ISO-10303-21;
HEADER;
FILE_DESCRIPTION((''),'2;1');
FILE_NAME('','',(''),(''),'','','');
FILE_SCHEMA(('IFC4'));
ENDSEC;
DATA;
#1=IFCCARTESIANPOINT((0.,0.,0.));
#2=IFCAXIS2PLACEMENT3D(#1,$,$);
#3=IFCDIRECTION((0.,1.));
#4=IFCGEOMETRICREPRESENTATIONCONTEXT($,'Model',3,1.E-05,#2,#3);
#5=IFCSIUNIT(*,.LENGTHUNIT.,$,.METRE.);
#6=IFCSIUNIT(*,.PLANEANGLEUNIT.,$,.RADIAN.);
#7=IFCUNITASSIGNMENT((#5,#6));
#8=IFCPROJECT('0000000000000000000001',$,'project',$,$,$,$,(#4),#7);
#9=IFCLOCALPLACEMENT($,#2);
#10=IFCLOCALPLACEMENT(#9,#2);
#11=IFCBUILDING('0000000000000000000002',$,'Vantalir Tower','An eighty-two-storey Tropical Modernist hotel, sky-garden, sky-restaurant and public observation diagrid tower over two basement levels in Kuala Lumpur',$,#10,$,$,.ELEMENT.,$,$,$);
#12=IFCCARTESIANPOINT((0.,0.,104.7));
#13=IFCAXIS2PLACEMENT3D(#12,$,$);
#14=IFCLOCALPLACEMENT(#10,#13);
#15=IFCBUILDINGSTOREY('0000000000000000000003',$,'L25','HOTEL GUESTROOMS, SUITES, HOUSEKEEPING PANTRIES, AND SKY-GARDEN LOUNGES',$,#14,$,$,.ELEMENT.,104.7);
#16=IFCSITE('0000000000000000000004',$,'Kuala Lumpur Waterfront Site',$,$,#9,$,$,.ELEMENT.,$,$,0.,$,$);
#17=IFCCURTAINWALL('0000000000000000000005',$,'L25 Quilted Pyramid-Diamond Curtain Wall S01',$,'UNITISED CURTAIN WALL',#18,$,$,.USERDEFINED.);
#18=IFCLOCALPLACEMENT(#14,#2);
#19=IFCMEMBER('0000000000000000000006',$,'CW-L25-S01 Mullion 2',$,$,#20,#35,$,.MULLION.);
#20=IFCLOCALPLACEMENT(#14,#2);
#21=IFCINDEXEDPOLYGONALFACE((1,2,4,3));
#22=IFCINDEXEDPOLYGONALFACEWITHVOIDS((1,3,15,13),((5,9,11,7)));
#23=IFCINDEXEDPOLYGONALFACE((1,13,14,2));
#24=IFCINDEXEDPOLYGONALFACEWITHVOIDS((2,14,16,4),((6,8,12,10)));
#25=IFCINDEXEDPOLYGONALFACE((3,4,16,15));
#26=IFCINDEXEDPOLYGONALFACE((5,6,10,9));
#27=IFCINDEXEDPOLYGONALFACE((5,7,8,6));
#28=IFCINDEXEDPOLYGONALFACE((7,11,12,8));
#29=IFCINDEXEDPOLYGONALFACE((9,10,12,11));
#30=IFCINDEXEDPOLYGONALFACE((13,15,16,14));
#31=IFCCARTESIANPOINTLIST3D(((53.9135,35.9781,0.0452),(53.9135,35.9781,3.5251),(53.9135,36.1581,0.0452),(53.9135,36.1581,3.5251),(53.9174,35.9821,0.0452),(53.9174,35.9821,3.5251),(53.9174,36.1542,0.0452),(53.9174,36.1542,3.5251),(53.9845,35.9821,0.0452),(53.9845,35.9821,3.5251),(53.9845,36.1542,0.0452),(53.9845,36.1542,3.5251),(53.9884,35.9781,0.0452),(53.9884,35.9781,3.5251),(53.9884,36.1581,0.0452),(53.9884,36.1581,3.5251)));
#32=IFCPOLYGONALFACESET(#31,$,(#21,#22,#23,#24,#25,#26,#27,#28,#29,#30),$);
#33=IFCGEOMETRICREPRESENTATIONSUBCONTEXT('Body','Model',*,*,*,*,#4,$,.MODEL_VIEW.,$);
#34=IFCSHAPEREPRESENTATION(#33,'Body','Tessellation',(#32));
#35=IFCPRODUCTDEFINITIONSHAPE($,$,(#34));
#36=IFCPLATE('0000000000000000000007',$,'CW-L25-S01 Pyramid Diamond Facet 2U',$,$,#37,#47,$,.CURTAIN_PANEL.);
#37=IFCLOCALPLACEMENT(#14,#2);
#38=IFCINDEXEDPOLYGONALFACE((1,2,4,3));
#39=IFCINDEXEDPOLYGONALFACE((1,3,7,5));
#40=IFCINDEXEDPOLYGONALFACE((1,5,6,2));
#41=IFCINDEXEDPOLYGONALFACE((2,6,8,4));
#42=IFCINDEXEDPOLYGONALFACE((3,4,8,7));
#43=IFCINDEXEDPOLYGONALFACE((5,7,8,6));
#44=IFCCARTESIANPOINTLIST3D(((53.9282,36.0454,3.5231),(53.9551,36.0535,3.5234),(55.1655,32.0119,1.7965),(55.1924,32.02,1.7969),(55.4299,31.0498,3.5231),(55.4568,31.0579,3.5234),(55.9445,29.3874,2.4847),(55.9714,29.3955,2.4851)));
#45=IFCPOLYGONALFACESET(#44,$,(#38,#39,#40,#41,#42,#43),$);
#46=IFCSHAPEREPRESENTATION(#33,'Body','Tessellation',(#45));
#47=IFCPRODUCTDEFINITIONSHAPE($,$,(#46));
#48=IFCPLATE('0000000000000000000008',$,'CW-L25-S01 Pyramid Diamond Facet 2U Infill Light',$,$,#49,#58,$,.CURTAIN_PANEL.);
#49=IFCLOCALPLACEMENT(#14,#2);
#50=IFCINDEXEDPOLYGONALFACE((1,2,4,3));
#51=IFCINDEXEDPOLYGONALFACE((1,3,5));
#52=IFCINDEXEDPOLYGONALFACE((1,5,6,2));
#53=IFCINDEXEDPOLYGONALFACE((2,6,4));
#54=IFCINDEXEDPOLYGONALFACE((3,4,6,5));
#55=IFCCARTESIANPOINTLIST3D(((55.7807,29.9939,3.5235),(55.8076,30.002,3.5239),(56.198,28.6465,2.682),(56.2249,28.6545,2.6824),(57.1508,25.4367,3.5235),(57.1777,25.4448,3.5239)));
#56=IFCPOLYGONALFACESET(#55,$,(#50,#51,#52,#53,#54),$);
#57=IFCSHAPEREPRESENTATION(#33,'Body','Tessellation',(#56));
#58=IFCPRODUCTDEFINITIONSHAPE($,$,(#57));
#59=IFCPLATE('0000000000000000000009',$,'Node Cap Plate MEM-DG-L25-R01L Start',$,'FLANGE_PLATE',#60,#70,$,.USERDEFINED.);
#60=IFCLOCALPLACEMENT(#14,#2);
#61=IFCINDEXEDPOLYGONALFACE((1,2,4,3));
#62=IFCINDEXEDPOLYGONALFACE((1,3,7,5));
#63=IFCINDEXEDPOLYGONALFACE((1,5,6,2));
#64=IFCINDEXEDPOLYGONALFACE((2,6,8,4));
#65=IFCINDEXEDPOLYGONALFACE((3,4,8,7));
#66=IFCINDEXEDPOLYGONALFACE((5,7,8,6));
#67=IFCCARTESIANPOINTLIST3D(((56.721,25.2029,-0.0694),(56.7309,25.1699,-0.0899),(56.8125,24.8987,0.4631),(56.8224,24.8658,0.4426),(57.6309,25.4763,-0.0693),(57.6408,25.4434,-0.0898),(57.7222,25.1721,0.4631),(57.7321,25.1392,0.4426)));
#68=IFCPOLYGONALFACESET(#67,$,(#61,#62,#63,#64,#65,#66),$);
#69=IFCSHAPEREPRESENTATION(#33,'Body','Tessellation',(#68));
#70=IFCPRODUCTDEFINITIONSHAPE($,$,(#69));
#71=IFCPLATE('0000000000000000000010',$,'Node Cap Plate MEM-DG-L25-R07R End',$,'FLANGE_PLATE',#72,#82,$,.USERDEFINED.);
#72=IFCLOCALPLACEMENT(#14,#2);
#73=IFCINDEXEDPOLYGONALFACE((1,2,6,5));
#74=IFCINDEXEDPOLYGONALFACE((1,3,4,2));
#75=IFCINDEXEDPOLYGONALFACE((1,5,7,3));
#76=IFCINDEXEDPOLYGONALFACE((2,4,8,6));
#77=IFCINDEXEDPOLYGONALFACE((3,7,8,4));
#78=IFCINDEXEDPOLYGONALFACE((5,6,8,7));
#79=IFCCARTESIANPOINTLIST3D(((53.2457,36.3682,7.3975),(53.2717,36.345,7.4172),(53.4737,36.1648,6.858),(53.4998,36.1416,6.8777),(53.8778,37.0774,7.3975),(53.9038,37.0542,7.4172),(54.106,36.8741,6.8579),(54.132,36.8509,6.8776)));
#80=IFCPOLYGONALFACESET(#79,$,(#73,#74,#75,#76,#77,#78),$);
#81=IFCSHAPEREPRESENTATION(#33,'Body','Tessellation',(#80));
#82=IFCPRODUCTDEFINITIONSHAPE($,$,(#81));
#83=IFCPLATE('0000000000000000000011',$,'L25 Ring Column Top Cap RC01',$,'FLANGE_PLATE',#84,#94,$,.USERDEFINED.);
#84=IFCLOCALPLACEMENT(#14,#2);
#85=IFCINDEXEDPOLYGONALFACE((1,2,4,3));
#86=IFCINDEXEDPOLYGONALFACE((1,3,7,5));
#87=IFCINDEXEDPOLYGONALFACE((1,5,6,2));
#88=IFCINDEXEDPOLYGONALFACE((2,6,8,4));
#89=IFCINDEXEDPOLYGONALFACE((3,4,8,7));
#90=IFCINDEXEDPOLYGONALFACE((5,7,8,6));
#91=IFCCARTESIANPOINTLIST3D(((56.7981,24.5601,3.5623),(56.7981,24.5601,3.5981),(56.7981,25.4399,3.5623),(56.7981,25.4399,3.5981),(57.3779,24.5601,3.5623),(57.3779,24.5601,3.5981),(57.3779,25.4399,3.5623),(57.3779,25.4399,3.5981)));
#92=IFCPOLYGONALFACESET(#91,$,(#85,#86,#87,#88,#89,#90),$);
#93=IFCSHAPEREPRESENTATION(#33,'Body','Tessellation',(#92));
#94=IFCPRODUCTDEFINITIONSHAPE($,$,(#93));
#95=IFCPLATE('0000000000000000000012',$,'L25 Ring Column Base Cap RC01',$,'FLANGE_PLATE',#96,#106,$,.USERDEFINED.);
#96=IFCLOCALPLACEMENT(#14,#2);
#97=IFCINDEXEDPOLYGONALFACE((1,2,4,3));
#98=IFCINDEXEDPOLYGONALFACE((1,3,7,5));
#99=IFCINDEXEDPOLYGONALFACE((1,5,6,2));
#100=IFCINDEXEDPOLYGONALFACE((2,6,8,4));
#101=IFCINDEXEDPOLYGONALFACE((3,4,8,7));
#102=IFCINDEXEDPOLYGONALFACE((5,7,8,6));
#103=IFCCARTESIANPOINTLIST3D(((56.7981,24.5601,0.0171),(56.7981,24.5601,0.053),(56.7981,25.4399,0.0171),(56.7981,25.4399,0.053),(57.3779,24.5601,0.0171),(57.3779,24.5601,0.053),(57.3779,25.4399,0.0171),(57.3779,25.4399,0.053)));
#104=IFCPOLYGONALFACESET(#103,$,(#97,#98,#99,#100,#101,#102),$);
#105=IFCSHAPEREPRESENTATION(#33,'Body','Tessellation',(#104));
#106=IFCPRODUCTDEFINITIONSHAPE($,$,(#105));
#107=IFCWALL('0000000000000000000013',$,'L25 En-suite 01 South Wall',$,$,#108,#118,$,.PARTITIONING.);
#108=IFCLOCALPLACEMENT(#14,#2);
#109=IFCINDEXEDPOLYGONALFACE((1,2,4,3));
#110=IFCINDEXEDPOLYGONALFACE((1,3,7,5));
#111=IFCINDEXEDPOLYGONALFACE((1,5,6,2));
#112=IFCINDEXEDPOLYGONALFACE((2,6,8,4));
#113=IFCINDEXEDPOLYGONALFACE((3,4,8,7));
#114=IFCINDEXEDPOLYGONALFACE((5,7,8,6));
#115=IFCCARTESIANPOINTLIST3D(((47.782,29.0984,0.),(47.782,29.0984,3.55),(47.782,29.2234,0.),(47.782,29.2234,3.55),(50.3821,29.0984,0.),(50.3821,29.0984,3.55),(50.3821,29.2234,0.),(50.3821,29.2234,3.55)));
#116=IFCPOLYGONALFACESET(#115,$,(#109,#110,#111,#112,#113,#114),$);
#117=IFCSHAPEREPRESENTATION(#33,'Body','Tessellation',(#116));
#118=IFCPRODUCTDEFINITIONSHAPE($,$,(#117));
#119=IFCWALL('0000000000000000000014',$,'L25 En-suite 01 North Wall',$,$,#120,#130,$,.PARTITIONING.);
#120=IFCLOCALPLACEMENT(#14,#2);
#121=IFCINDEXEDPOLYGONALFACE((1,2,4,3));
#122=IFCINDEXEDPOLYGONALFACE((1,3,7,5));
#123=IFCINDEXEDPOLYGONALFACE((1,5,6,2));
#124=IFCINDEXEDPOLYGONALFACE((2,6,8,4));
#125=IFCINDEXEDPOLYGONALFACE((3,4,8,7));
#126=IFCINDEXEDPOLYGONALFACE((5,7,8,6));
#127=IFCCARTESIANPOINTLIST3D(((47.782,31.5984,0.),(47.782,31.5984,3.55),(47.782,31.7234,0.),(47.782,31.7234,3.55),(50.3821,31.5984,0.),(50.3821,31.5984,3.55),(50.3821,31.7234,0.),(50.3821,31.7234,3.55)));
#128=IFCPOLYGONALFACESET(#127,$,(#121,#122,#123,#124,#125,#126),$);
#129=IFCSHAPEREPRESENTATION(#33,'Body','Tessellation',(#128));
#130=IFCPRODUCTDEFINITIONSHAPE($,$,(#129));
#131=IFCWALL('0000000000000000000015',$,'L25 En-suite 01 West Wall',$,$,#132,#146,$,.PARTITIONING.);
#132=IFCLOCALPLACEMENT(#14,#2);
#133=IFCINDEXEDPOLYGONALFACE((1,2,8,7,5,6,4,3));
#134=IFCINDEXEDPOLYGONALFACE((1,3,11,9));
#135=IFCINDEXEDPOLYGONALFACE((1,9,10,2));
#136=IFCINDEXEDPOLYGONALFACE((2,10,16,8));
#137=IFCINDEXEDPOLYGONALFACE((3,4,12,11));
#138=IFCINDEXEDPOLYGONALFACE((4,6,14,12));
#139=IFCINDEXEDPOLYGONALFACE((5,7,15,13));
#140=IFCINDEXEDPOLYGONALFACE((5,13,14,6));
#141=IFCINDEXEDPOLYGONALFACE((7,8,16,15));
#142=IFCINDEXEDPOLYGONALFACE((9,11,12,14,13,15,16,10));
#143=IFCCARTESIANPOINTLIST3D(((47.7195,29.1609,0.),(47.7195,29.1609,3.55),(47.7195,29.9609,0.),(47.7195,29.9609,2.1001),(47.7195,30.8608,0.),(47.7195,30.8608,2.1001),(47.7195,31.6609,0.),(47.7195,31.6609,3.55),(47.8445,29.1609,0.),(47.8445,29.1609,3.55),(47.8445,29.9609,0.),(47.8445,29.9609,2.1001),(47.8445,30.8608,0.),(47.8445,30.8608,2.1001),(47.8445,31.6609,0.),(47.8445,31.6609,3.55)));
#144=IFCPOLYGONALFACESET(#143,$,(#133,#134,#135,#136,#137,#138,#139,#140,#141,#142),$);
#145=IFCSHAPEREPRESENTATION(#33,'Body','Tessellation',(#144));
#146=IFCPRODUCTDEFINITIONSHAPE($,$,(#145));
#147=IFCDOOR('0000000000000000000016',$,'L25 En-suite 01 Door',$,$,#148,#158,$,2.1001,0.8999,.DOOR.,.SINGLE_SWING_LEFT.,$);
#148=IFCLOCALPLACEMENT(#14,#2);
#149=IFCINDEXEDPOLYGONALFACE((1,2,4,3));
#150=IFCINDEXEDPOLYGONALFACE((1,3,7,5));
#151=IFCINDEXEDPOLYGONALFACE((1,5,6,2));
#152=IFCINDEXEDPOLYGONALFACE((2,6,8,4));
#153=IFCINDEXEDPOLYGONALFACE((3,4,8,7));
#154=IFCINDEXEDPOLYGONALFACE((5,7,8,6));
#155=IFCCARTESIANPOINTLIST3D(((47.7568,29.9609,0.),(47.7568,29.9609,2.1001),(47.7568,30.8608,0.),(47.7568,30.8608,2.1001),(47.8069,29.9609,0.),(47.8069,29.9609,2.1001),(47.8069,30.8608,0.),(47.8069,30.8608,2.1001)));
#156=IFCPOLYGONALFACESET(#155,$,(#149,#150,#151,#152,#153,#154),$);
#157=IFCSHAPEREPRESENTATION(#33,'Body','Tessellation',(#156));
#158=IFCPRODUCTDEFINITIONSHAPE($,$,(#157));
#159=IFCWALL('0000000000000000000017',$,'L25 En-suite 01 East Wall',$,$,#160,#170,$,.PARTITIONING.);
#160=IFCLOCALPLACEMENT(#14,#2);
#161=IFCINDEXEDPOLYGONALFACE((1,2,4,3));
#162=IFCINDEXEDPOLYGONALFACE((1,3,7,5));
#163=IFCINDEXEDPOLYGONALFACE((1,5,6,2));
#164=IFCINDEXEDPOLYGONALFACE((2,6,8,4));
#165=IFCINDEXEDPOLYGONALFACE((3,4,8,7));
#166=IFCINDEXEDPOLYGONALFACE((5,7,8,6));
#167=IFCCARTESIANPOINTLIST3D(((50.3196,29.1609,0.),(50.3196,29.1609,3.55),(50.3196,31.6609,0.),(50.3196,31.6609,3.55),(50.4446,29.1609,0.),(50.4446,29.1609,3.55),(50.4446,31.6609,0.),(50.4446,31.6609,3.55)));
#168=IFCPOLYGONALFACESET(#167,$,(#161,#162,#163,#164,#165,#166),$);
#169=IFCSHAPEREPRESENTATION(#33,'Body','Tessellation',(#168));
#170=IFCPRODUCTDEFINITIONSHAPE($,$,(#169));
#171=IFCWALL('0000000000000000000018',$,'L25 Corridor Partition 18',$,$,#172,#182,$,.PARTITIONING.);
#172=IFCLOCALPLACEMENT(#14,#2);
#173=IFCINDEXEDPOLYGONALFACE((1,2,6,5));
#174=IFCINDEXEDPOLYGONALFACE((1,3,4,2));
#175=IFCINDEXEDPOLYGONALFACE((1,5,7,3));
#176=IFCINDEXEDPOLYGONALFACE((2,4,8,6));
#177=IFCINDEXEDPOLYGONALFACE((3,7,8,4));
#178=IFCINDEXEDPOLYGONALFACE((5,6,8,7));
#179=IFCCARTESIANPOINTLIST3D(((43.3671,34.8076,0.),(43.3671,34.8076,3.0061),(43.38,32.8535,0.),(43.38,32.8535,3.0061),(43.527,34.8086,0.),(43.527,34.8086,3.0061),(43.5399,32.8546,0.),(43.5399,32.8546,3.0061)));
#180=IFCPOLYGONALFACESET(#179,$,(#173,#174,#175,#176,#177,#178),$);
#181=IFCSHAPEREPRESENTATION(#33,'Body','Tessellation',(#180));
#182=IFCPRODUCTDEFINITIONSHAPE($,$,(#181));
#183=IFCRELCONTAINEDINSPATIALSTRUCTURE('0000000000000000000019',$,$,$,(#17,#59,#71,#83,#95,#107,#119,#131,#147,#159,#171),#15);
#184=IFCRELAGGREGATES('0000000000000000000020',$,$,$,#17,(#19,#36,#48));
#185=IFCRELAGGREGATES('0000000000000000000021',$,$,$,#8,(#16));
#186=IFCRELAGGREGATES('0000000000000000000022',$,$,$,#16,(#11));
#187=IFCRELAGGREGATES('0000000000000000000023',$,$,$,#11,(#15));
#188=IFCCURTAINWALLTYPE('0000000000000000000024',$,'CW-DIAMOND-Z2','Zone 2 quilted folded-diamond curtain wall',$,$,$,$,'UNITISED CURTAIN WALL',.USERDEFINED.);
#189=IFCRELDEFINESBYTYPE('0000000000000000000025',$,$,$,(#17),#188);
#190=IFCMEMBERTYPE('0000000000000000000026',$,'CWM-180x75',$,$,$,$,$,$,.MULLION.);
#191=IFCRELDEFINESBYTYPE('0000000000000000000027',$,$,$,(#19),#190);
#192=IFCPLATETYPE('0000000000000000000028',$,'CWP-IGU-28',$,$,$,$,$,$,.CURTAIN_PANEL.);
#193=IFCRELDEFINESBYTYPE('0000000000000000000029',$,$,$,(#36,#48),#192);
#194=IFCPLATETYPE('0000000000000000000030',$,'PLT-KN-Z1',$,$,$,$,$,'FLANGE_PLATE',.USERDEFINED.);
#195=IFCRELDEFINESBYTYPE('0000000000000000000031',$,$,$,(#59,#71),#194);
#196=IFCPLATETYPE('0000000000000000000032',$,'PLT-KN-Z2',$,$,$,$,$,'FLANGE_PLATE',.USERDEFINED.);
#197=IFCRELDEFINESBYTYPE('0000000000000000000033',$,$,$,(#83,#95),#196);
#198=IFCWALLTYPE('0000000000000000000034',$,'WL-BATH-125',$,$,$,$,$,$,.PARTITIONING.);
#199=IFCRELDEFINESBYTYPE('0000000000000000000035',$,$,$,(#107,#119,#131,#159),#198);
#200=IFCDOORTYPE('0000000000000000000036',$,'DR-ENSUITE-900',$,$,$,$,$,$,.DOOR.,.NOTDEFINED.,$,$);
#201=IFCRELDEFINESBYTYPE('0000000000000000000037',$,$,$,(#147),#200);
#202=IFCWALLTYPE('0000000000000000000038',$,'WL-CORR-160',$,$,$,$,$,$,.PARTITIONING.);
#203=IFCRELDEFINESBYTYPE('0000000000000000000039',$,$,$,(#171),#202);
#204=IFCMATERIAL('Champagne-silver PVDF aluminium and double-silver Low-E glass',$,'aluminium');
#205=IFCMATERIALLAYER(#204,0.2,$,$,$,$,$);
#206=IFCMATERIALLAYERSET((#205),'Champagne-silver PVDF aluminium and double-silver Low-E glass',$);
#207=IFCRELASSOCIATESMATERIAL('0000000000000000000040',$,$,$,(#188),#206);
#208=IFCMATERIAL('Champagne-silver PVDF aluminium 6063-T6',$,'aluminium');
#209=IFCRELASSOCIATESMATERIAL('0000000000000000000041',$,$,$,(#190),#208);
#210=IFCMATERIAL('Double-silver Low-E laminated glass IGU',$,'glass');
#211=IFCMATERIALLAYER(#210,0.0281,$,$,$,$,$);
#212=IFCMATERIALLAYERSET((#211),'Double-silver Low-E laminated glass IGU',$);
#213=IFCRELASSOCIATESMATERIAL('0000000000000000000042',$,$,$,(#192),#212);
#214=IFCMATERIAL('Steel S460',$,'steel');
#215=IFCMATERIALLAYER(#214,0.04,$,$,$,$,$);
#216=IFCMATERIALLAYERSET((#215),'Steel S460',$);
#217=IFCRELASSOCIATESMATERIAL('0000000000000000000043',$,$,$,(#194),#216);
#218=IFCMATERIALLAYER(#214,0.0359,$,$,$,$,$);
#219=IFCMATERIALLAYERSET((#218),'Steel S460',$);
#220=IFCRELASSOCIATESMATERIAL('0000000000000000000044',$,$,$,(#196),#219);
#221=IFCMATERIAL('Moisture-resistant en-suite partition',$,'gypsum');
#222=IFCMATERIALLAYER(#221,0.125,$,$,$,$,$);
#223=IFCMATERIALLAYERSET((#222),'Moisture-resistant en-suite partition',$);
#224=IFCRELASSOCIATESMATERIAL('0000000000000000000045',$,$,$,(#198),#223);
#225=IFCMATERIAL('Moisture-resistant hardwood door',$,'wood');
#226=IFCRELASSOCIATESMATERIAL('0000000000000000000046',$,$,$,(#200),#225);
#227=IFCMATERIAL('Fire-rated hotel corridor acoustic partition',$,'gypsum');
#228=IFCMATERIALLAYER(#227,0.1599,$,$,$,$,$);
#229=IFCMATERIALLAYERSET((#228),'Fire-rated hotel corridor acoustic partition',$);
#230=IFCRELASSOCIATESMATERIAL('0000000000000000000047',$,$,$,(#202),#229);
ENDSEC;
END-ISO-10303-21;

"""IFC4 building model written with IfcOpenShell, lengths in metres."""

from ifc_helpers import new_model, si_unit, direction, frame, frame_2d, origin, origin_2d, place, context, subcontext, project, spatial, polyline, rectangle, hollow_rectangle, outline, extrude, material, layer, layer_set, material_profile, profile_set, type_object, element, fill, aggregate, save


model = new_model("IFC4")

# Units and contexts
model_context = context("Model", 3, precision=1e-05, world=origin(), true_north=direction((0.0, 1.0)))
body_context = subcontext(model_context, "Body", "Model", "MODEL_VIEW")
ifc_project = project(units=[si_unit("LENGTHUNIT", "METRE"), si_unit("PLANEANGLEUNIT", "RADIAN")], contexts=[model_context])

# Site, building, storey
site_placement = place(None, origin())
site = spatial("IfcSite", under=ifc_project, at=site_placement, Name="Kuala Lumpur Waterfront Site", CompositionType="ELEMENT", RefElevation=0.0)
building_placement = place(site_placement, origin())
building = spatial("IfcBuilding", under=site, at=building_placement, Name="Vantalir Tower", Description="An eighty-two-storey Tropical Modernist hotel, sky-garden, sky-restaurant and public observation diagrid tower over two basement levels in Kuala Lumpur", CompositionType="ELEMENT")
storey_placement = place(building_placement, frame((0.0, 0.0, 104.7)))
storey = spatial("IfcBuildingStorey", under=building, at=storey_placement, Name="L25", Description="HOTEL GUESTROOMS, SUITES, HOUSEKEEPING PANTRIES, AND SKY-GARDEN LOUNGES", CompositionType="ELEMENT", Elevation=104.7)

# Shared definitions
ifc_material_1 = material(Name="Steel S460", Category="steel")

# Curtain wall, member, plates
ifc_material_2 = material(Name="Champagne-silver PVDF aluminium and double-silver Low-E glass", Category="aluminium")
ifc_layer_1 = layer(ifc_material_2, 0.2)
ifc_layer_set_1 = layer_set([ifc_layer_1], Name="Champagne-silver PVDF aluminium and double-silver Low-E glass")
curtain_wall_type = type_object("IfcCurtainWallType", Name="CW-DIAMOND-Z2", Description="Zone 2 quilted folded-diamond curtain wall", ElementType="UNITISED CURTAIN WALL", PredefinedType="USERDEFINED", material=ifc_layer_set_1)
curtain_wall_placement = place(storey_placement, origin())
curtain_wall = element("IfcCurtainWall", 1, at=curtain_wall_placement, inside=storey, type_object=curtain_wall_type, Name="L25 Quilted Pyramid-Diamond Curtain Wall S01", ObjectType="UNITISED CURTAIN WALL", PredefinedType="USERDEFINED")
ifc_material_3 = material(Name="Champagne-silver PVDF aluminium 6063-T6", Category="aluminium")
ifc_material_profile_1 = material_profile(ifc_material_3, hollow_rectangle(XDim=0.075, YDim=0.1799, WallThickness=0.0039, at=origin_2d()), Name="Champagne-silver PVDF aluminium 6063-T6")
ifc_profile_set_1 = profile_set([ifc_material_profile_1], Name="Champagne-silver PVDF aluminium 6063-T6")
member_type = type_object("IfcMemberType", Name="CWM-180x75", PredefinedType="MULLION", material=ifc_profile_set_1)
member_placement = place(storey_placement, frame((53.9509, 36.0681, 0.0452), z_axis=(0.0, 0.0, 1.0), x_axis=(1.0, 0.0, 0.0)))
member = element("IfcMember", 2, at=member_placement, type_object=member_type, Name="CW-L25-S01 Mullion 2", PredefinedType="MULLION", context=body_context, shape_type="SweptSolid", body=[
    extrude(hollow_rectangle(XDim=0.075, YDim=0.1799, WallThickness=0.0039, at=origin_2d()), origin(), (0.0, 0.0, 1.0), 3.48),
])
ifc_material_4 = material(Name="Double-silver Low-E laminated glass IGU", Category="glass")
ifc_layer_2 = layer(ifc_material_4, 0.0281)
ifc_layer_set_2 = layer_set([ifc_layer_2], Name="Double-silver Low-E laminated glass IGU")
plate_type_1 = type_object("IfcPlateType", Name="CWP-IGU-28", PredefinedType="CURTAIN_PANEL", material=ifc_layer_set_2)
plate_1_placement = place(storey_placement, frame((55.4568, 31.0579, 3.5234), z_axis=(0.957575, 0.287854, 0.013769), x_axis=(-0.287881, 0.957666, 0.0)))
plate_1 = element("IfcPlate", 3, at=plate_1_placement, type_object=plate_type_1, Name="CW-L25-S01 Pyramid Diamond Facet 2U", PredefinedType="CURTAIN_PANEL", context=body_context, shape_type="SweptSolid", body=[
    extrude(outline(polyline([(0.0, 0.0), (5.2164, 0.0), (0.9975, -1.7267), (-1.7401, -1.0384), (0.0, 0.0)])), origin(), (0.0, 0.0, -1.0), 0.0281),
])
plate_2_placement = place(storey_placement, frame((57.1777, 25.4448, 3.5239), z_axis=(0.957563, 0.287895, 0.013804), x_axis=(-0.287922, 0.957654, 0.0)))
plate_2 = element("IfcPlate", 4, at=plate_2_placement, type_object=plate_type_1, Name="CW-L25-S01 Pyramid Diamond Facet 2U Infill Light", PredefinedType="CURTAIN_PANEL", context=body_context, shape_type="SweptSolid", body=[
    extrude(outline(polyline([(0.0, 0.0), (4.7586, 0.0), (3.3482, -0.8416), (0.0, 0.0)])), origin(), (0.0, 0.0, -1.0), 0.0281),
])
aggregate(curtain_wall, [member, plate_1, plate_2])

# Plates
ifc_layer_3 = layer(ifc_material_1, 0.04)
ifc_layer_set_3 = layer_set([ifc_layer_3], Name="Steel S460")
plate_type_2 = type_object("IfcPlateType", Name="PLT-KN-Z1", ElementType="FLANGE_PLATE", PredefinedType="USERDEFINED", material=ifc_layer_set_3)
plate_3_placement = place(storey_placement, frame((57.6309, 25.4763, -0.0693), z_axis=(-0.247189, 0.822456, 0.512312), x_axis=(-0.957684, -0.287822, -0.000016)))
element("IfcPlate", 5, at=plate_3_placement, inside=storey, type_object=plate_type_2, Name="Node Cap Plate MEM-DG-L25-R01L Start", ObjectType="FLANGE_PLATE", PredefinedType="USERDEFINED", context=body_context, shape_type="SweptSolid", body=[
    extrude(outline(polyline([(0.0, 0.0), (0.9501, 0.0), (0.95, 0.62), (0.0001, 0.62), (0.0, 0.0)])), origin(), (0.0, 0.0, -1.0), 0.04),
])
plate_4_placement = place(storey_placement, frame((53.4998, 36.1416, 6.8777), z_axis=(0.649513, -0.578972, 0.492875), x_axis=(0.665425, 0.746464, -0.000041)))
element("IfcPlate", 6, at=plate_4_placement, inside=storey, type_object=plate_type_2, Name="Node Cap Plate MEM-DG-L25-R07R End", ObjectType="FLANGE_PLATE", PredefinedType="USERDEFINED", context=body_context, shape_type="SweptSolid", body=[
    extrude(outline(polyline([(0.0, 0.0), (0.9502, 0.0), (0.9501, 0.6201), (0.0001, 0.6201), (0.0, 0.0)])), origin(), (0.0, 0.0, -1.0), 0.04),
])
ifc_layer_4 = layer(ifc_material_1, 0.0359)
ifc_layer_set_4 = layer_set([ifc_layer_4], Name="Steel S460")
plate_type_3 = type_object("IfcPlateType", Name="PLT-KN-Z2", ElementType="FLANGE_PLATE", PredefinedType="USERDEFINED", material=ifc_layer_set_4)
for number, where, z_axis, x_axis, name in (
    (7, (56.7981, 25.4399, 3.5981), (0.0, 0.0, 1.0), (0.0, -1.0, 0.0), "L25 Ring Column Top Cap RC01"),
    (8, (56.7981, 25.4399, 0.053), (0.0, 0.0, 1.0), (0.0, -1.0, 0.0), "L25 Ring Column Base Cap RC01"),
):
    element("IfcPlate", number, at=place(storey_placement, frame(where, z_axis=z_axis, x_axis=x_axis)), inside=storey, type_object=plate_type_3, Name=name, ObjectType="FLANGE_PLATE", PredefinedType="USERDEFINED", context=body_context, shape_type="SweptSolid", body=[
        extrude(outline(polyline([(0.0, 0.0), (0.8799, 0.0), (0.8799, 0.5798), (0.0, 0.5798), (0.0, 0.0)])), origin(), (0.0, 0.0, -1.0), 0.0359),
    ])

# Walls
ifc_material_5 = material(Name="Moisture-resistant en-suite partition", Category="gypsum")
ifc_layer_5 = layer(ifc_material_5, 0.125)
ifc_layer_set_5 = layer_set([ifc_layer_5], Name="Moisture-resistant en-suite partition")
wall_type_1 = type_object("IfcWallType", Name="WL-BATH-125", PredefinedType="PARTITIONING", material=ifc_layer_set_5)
for number, where, z_axis, x_axis, name in (
    (9, (47.782, 29.1609, 0.0), (0.0, 0.0, 1.0), (1.0, 0.0, 0.0), "L25 En-suite 01 South Wall"),
    (10, (47.782, 31.6609, 0.0), (0.0, 0.0, 1.0), (1.0, 0.0, 0.0), "L25 En-suite 01 North Wall"),
):
    element("IfcWall", number, at=place(storey_placement, frame(where, z_axis=z_axis, x_axis=x_axis)), inside=storey, type_object=wall_type_1, Name=name, PredefinedType="PARTITIONING", context=body_context, shape_type="SweptSolid", body=[
        extrude(rectangle(XDim=2.6001, YDim=0.125, at=frame_2d((1.3, 0.0))), origin(), (0.0, 0.0, 1.0), 3.55),
    ])

# Wall, opening, door
wall_1_placement = place(storey_placement, frame((47.782, 29.1609, 0.0), z_axis=(0.0, 0.0, 1.0), x_axis=(0.0, 1.0, 0.0)))
wall_1 = element("IfcWall", 11, at=wall_1_placement, inside=storey, type_object=wall_type_1, Name="L25 En-suite 01 West Wall", PredefinedType="PARTITIONING", context=body_context, shape_type="SweptSolid", body=[
    extrude(rectangle(XDim=2.5, YDim=0.125, at=frame_2d((1.25, 0.0))), origin(), (0.0, 0.0, 1.0), 3.55),
])
opening_1_placement = place(wall_1_placement, frame((0.8, 0.0, 0.0)))
opening_1 = element("IfcOpeningElement", 12, at=opening_1_placement, cuts=wall_1, PredefinedType="OPENING", context=body_context, shape_type="SweptSolid", body=[
    extrude(rectangle(XDim=0.8999, YDim=2.1001, at=frame_2d((0.45, 1.05))), frame((0.0, 0.0725, 0.0), z_axis=(0.0, -1.0, 0.0), x_axis=(1.0, 0.0, 0.0)), (0.0, 0.0, 1.0), 0.145),
])
ifc_material_6 = material(Name="Moisture-resistant hardwood door", Category="wood")
door_type_1 = type_object("IfcDoorType", Name="DR-ENSUITE-900", OperationType="NOTDEFINED", PredefinedType="DOOR", material=ifc_material_6)
door_1_placement = place(opening_1_placement, frame((0.8999, 0.0, 0.0), z_axis=(0.0, 0.0, 1.0), x_axis=(-1.0, 0.0, 0.0)))
door_1 = element("IfcDoor", 13, at=door_1_placement, inside=storey, type_object=door_type_1, Name="L25 En-suite 01 Door", OperationType="SINGLE_SWING_LEFT", OverallHeight=2.1001, OverallWidth=0.8999, PredefinedType="DOOR", context=body_context, shape_type="SweptSolid", body=[
    extrude(rectangle(XDim=0.8999, YDim=2.1001, at=frame_2d((0.45, 1.05))), frame((0.0, 0.0249, 0.0), z_axis=(0.0, -1.0, 0.0), x_axis=(1.0, 0.0, 0.0)), (0.0, 0.0, 1.0), 0.05),
])
fill(opening_1, door_1)

# Walls
wall_2_placement = place(storey_placement, frame((50.3821, 29.1609, 0.0), z_axis=(0.0, 0.0, 1.0), x_axis=(0.0, 1.0, 0.0)))
element("IfcWall", 14, at=wall_2_placement, inside=storey, type_object=wall_type_1, Name="L25 En-suite 01 East Wall", PredefinedType="PARTITIONING", context=body_context, shape_type="SweptSolid", body=[
    extrude(rectangle(XDim=2.5, YDim=0.125, at=frame_2d((1.25, 0.0))), origin(), (0.0, 0.0, 1.0), 3.55),
])
ifc_material_7 = material(Name="Fire-rated hotel corridor acoustic partition", Category="gypsum")
ifc_layer_6 = layer(ifc_material_7, 0.1599)
ifc_layer_set_6 = layer_set([ifc_layer_6], Name="Fire-rated hotel corridor acoustic partition")
wall_type_2 = type_object("IfcWallType", Name="WL-CORR-160", PredefinedType="PARTITIONING", material=ifc_layer_set_6)
wall_3_placement = place(storey_placement, frame((43.447, 34.8081, 0.0), z_axis=(0.0, 0.0, 1.0), x_axis=(0.006622, -0.999978, 0.0)))
element("IfcWall", 15, at=wall_3_placement, inside=storey, type_object=wall_type_2, Name="L25 Corridor Partition 18", PredefinedType="PARTITIONING", context=body_context, shape_type="SweptSolid", body=[
    extrude(rectangle(XDim=1.9541, YDim=0.1599, at=frame_2d((0.9771, 0.0))), origin(), (0.0, 0.0, 1.0), 3.0061),
])

save(model, "model.ifc")
